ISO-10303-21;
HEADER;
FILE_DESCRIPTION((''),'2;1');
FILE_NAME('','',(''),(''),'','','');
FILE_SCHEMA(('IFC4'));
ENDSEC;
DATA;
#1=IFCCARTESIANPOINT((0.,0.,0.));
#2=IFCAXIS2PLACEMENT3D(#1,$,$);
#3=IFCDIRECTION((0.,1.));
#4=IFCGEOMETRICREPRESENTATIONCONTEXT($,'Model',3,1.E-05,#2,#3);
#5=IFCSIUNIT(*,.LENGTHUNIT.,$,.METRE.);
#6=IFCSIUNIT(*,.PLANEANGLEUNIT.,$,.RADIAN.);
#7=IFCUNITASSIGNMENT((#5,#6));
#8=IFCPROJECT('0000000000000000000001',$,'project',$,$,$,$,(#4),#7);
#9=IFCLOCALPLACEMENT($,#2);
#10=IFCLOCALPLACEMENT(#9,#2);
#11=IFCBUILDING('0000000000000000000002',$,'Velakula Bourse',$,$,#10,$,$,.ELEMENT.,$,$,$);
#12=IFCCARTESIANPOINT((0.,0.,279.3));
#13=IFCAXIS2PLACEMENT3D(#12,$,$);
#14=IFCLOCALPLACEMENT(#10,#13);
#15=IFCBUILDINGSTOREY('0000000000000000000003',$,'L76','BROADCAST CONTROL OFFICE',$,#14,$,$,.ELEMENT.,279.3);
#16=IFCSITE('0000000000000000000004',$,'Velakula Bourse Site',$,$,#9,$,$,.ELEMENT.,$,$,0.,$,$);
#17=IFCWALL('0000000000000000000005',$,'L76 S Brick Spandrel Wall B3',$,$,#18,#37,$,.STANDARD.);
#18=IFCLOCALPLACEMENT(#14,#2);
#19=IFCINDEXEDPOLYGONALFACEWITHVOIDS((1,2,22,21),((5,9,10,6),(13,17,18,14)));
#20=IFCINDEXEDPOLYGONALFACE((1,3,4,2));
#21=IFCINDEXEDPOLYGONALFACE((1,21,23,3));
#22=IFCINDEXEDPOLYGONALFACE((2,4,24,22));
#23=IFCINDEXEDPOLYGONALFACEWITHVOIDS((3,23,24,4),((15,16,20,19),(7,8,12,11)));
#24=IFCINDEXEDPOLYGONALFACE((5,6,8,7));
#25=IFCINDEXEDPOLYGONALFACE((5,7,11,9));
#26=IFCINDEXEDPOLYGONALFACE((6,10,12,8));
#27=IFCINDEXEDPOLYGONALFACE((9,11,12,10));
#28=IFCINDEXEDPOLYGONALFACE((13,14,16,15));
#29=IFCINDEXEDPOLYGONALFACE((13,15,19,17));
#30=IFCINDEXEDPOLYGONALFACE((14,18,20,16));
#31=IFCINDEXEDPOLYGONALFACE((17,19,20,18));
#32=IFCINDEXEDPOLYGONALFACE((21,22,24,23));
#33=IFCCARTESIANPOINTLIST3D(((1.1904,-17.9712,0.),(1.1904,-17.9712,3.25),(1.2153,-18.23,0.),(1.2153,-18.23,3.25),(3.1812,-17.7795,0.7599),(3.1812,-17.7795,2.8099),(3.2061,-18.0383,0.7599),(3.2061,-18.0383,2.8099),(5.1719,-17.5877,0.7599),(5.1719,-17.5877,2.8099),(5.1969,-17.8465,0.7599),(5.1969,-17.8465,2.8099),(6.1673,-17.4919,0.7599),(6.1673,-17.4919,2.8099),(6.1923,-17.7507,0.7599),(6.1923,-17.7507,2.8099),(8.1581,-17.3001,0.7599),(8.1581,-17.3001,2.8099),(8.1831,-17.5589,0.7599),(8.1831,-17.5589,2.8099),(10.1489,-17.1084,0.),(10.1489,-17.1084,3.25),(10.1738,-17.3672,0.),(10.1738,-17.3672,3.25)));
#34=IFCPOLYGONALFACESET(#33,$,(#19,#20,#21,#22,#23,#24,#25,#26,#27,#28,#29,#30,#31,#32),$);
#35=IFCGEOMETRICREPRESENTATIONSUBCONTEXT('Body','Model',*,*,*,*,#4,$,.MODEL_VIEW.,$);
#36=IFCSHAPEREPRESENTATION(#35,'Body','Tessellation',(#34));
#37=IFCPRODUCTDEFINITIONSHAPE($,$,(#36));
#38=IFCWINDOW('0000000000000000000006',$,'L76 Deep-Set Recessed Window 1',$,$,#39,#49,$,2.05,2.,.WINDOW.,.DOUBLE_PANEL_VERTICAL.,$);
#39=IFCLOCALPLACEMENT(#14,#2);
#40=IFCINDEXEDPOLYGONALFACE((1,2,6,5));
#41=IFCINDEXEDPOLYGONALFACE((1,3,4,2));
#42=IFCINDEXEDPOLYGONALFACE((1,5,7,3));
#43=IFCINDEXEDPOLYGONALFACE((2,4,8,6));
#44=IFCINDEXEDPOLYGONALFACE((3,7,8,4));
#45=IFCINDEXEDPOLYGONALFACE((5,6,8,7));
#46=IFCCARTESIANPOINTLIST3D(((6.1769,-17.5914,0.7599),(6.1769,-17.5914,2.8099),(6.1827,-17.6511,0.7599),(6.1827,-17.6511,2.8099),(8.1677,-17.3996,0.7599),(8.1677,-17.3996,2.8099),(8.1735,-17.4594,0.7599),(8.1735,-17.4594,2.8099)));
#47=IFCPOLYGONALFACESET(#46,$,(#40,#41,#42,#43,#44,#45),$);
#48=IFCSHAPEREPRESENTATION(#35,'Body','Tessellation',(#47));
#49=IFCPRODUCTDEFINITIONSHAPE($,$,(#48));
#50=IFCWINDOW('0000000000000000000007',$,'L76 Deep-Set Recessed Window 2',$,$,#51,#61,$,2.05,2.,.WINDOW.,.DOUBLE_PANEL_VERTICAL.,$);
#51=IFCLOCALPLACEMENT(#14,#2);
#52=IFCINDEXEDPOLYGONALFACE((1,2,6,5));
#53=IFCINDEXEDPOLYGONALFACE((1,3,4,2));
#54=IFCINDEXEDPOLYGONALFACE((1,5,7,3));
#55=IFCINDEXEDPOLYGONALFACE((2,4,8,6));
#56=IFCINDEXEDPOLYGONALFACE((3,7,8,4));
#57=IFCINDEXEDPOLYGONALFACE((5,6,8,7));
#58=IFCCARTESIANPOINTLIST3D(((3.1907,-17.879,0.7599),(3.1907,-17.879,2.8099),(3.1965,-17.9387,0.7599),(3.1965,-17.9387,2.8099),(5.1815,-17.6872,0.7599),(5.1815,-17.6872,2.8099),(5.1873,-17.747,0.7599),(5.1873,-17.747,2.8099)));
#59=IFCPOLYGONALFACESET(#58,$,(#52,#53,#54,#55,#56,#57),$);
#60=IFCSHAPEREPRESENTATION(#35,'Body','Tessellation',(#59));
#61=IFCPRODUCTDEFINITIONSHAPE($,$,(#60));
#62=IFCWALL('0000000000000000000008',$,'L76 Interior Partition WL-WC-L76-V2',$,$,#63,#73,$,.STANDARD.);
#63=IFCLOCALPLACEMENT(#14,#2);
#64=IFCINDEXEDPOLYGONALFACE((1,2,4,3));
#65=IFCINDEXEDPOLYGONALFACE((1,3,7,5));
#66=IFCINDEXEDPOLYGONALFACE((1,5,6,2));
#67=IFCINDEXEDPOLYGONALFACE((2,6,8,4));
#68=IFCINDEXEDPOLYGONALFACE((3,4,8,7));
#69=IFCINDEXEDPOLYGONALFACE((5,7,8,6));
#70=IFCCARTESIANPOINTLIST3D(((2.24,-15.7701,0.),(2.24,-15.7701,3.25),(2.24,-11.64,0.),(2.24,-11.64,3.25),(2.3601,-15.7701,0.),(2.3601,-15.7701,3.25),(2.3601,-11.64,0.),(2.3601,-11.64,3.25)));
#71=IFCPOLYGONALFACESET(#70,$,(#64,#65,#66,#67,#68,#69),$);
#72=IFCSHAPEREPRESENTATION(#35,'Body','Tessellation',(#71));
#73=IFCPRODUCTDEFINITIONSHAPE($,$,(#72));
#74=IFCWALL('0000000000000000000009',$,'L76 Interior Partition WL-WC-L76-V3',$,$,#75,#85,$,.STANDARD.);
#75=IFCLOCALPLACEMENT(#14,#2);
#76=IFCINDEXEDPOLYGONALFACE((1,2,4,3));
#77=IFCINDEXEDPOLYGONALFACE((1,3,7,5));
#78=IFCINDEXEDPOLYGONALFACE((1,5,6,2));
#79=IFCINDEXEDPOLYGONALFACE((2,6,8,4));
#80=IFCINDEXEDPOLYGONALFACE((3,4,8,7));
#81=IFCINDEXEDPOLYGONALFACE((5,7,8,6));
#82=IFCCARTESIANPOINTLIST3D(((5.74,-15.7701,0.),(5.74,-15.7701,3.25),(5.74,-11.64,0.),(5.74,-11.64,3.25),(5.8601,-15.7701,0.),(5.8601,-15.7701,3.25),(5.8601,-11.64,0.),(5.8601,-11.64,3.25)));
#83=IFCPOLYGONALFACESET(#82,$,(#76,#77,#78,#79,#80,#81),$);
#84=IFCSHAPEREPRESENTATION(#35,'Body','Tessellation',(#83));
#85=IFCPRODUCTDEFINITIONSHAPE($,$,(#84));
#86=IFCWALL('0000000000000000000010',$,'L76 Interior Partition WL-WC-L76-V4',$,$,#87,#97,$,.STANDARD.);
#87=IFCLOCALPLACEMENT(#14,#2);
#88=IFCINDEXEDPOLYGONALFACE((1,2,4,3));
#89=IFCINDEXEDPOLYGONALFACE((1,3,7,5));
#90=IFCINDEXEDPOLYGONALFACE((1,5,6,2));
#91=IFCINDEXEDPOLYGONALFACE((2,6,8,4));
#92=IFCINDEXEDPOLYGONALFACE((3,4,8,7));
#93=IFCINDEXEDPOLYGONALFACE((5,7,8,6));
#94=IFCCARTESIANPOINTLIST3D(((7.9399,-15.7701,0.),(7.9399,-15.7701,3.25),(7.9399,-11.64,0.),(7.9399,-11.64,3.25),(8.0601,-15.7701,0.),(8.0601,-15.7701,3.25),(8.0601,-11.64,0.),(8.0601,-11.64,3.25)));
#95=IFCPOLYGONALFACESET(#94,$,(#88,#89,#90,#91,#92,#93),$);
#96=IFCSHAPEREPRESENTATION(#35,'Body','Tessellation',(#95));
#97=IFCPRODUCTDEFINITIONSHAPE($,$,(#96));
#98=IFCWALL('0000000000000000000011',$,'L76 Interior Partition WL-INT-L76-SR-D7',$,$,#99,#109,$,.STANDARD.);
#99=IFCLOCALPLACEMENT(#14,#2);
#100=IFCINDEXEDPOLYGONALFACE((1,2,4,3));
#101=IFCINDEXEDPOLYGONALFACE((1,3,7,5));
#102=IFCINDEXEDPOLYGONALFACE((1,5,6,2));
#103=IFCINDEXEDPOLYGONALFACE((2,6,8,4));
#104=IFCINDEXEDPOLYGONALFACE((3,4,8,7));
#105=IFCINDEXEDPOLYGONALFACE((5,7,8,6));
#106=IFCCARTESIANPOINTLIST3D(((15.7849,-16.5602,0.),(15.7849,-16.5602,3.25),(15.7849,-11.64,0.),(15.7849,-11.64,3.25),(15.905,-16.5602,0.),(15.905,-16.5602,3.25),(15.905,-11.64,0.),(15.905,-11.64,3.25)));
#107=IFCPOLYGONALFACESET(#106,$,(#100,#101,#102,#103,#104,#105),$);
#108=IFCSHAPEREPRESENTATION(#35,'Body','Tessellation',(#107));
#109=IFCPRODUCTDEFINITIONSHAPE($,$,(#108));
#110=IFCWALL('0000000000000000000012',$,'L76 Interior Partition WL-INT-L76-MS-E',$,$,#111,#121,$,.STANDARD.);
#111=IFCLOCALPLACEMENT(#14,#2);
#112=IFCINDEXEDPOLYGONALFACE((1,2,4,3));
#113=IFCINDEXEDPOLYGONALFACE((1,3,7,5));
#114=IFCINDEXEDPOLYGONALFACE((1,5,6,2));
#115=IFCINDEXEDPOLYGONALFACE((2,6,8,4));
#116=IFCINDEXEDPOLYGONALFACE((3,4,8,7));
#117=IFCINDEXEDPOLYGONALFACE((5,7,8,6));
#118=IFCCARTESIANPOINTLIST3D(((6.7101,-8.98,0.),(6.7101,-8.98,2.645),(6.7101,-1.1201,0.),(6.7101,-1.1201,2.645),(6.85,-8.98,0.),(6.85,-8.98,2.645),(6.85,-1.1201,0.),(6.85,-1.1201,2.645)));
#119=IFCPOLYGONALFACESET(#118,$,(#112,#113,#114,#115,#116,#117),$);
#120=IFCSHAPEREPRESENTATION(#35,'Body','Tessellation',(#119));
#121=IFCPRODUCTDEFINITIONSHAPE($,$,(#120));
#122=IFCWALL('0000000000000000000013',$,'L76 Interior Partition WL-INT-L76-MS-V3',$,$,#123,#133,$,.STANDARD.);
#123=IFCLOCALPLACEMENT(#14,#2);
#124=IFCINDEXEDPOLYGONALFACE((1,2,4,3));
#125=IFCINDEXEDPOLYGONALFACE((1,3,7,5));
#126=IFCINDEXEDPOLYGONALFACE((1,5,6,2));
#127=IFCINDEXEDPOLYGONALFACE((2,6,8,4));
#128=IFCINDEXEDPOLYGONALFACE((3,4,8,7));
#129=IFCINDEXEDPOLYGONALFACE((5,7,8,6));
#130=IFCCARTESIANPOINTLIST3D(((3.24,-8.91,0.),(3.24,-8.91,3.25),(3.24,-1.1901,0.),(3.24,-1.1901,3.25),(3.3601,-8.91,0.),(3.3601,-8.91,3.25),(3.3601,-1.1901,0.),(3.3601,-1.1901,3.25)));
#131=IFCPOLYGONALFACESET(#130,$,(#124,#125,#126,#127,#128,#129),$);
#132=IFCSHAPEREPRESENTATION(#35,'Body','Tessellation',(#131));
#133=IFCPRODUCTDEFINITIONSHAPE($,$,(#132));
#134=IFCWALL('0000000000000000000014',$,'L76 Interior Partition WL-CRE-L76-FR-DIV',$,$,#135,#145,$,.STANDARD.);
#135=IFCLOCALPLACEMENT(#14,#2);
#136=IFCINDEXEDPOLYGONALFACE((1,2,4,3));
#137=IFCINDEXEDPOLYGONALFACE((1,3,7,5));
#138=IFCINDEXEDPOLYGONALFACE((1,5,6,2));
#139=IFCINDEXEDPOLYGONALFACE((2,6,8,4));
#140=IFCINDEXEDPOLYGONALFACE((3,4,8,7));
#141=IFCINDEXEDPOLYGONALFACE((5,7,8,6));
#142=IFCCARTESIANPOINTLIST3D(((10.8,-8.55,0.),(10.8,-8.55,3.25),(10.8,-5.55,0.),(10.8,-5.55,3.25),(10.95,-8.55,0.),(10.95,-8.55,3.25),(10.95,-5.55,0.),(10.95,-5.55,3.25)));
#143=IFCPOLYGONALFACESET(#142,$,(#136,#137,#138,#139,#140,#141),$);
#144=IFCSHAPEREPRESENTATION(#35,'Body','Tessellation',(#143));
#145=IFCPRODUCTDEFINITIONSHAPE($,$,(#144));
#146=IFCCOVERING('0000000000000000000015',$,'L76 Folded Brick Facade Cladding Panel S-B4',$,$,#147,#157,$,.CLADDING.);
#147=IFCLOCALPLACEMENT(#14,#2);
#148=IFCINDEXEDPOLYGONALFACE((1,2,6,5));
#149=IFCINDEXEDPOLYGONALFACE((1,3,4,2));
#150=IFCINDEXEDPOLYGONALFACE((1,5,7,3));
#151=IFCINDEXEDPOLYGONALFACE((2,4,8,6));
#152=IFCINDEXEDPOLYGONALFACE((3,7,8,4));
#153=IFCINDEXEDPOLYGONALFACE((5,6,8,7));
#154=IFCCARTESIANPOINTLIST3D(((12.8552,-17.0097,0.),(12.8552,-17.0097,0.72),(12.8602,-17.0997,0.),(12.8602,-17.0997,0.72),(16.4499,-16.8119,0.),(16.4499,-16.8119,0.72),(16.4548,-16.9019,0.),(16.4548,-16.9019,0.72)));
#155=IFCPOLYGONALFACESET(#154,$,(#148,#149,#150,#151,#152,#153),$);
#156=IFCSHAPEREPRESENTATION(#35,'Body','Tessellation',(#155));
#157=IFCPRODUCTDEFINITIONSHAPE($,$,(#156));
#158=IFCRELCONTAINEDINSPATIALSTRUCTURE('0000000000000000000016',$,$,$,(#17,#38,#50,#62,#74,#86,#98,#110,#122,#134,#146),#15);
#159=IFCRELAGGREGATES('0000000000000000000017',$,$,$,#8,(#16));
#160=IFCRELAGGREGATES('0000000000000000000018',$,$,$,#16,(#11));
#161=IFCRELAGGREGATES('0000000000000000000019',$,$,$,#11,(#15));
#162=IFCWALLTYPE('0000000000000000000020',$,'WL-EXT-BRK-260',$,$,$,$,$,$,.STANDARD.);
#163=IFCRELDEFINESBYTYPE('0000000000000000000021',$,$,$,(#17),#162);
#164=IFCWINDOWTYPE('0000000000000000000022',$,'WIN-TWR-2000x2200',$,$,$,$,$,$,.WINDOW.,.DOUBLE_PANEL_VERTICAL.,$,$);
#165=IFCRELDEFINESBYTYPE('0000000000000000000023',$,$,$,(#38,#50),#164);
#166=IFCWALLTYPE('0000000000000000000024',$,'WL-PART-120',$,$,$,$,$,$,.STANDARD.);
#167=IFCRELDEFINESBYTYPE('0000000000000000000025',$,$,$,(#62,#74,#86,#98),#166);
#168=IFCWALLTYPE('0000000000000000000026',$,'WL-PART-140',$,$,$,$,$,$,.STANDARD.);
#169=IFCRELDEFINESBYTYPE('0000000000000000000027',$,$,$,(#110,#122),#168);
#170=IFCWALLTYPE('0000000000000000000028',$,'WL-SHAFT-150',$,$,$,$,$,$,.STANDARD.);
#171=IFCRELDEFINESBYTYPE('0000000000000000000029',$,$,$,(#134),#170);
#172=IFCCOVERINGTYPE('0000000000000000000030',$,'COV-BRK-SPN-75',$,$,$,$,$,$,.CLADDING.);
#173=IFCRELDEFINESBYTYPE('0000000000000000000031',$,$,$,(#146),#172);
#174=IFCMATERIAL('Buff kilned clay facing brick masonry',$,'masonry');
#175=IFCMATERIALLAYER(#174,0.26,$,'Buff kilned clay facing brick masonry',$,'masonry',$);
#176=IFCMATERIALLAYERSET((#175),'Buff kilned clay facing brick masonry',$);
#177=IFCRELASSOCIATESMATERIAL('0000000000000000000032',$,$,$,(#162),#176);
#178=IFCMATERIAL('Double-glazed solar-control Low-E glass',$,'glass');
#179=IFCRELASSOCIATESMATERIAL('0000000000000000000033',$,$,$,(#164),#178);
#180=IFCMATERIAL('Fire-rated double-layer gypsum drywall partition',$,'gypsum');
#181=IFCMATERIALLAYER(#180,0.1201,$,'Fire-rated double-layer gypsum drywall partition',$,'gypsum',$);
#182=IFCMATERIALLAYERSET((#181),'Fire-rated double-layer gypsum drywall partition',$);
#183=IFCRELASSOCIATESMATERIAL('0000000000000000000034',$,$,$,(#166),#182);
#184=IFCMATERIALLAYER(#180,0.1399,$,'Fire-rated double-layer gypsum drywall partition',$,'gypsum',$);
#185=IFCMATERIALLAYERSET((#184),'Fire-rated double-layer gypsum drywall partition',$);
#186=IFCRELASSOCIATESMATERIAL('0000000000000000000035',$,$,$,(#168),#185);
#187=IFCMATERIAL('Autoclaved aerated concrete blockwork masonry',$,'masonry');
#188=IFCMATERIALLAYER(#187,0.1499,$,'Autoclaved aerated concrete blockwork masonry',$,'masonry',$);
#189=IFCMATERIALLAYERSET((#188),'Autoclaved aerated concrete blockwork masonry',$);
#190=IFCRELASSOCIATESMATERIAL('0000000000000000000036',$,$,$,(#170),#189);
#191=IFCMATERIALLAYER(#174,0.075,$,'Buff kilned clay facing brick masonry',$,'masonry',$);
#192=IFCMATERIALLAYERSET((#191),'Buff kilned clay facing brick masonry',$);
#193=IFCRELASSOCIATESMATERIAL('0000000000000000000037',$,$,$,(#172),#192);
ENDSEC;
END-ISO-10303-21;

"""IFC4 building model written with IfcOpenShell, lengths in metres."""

from ifc_helpers import new_model, si_unit, direction, frame, frame_2d, origin, origin_2d, place, context, subcontext, project, spatial, rectangle, extrude, material, layer, layer_set, type_object, element, fill, save


model = new_model("IFC4")

# Units and contexts
model_context = context("Model", 3, precision=1e-05, world=origin(), true_north=direction((0.0, 1.0)))
body_context = subcontext(model_context, "Body", "Model", "MODEL_VIEW")
ifc_project = project(units=[si_unit("LENGTHUNIT", "METRE"), si_unit("PLANEANGLEUNIT", "RADIAN")], contexts=[model_context])

# Site, building, storey
site_placement = place(None, origin())
site = spatial("IfcSite", under=ifc_project, at=site_placement, Name="Velakula Bourse Site", CompositionType="ELEMENT", RefElevation=0.0)
building_placement = place(site_placement, origin())
building = spatial("IfcBuilding", under=site, at=building_placement, Name="Velakula Bourse", CompositionType="ELEMENT")
storey_placement = place(building_placement, frame((0.0, 0.0, 279.3)))
storey = spatial("IfcBuildingStorey", under=building, at=storey_placement, Name="L76", Description="BROADCAST CONTROL OFFICE", CompositionType="ELEMENT", Elevation=279.3)

# Wall, openings, windows
ifc_material_1 = material(Name="Buff kilned clay facing brick masonry", Category="masonry")
ifc_layer_1 = layer(ifc_material_1, 0.26, Name="Buff kilned clay facing brick masonry", Category="masonry")
ifc_layer_set_1 = layer_set([ifc_layer_1], Name="Buff kilned clay facing brick masonry")
wall_type_1 = type_object("IfcWallType", Name="WL-EXT-BRK-260", PredefinedType="STANDARD", material=ifc_layer_set_1)
ifc_material_2 = material(Name="Double-glazed solar-control Low-E glass", Category="glass")
window_type = type_object("IfcWindowType", Name="WIN-TWR-2000x2200", PartitioningType="DOUBLE_PANEL_VERTICAL", PredefinedType="WINDOW", material=ifc_material_2)
wall_1_placement = place(storey_placement, frame((10.1614, -17.2378, 0.0), z_axis=(0.0, 0.0, 1.0), x_axis=(-0.995394, -0.095866, 0.0)))
wall_1 = element("IfcWall", 1, at=wall_1_placement, inside=storey, type_object=wall_type_1, Name="L76 S Brick Spandrel Wall B3", PredefinedType="STANDARD", context=body_context, shape_type="SweptSolid", body=[
    extrude(rectangle(XDim=9.0, YDim=0.26, at=frame_2d((4.5, 0.0))), origin(), (0.0, 0.0, 1.0), 3.25),
])
opening_1_placement = place(wall_1_placement, frame((2.0, 0.0, 0.76)))
opening_1 = element("IfcOpeningElement", 2, at=opening_1_placement, cuts=wall_1, PredefinedType="OPENING", context=body_context, shape_type="SweptSolid", body=[
    extrude(rectangle(XDim=2.0, YDim=2.05, at=frame_2d((1.0, 1.0249))), frame((0.0, 0.1399, 0.0), z_axis=(0.0, -1.0, 0.0), x_axis=(1.0, 0.0, 0.0)), (0.0, 0.0, 1.0), 0.28),
])
opening_2_placement = place(wall_1_placement, frame((5.0, 0.0, 0.76)))
opening_2 = element("IfcOpeningElement", 3, at=opening_2_placement, cuts=wall_1, PredefinedType="OPENING", context=body_context, shape_type="SweptSolid", body=[
    extrude(rectangle(XDim=2.0, YDim=2.05, at=frame_2d((1.0, 1.0249))), frame((0.0, 0.1399, 0.0), z_axis=(0.0, -1.0, 0.0), x_axis=(1.0, 0.0, 0.0)), (0.0, 0.0, 1.0), 0.28),
])
window_1_placement = place(opening_1_placement, origin())
window_1 = element("IfcWindow", 4, at=window_1_placement, inside=storey, type_object=window_type, Name="L76 Deep-Set Recessed Window 1", OverallHeight=2.05, OverallWidth=2.0, PartitioningType="DOUBLE_PANEL_VERTICAL", PredefinedType="WINDOW", context=body_context, shape_type="SweptSolid", body=[
    extrude(rectangle(XDim=2.0, YDim=2.05, at=frame_2d((1.0, 1.0249))), frame((0.0, 0.03, 0.0), z_axis=(0.0, -1.0, 0.0), x_axis=(1.0, 0.0, 0.0)), (0.0, 0.0, 1.0), 0.0601),
])
fill(opening_1, window_1)
window_2_placement = place(opening_2_placement, origin())
window_2 = element("IfcWindow", 5, at=window_2_placement, inside=storey, type_object=window_type, Name="L76 Deep-Set Recessed Window 2", OverallHeight=2.05, OverallWidth=2.0, PartitioningType="DOUBLE_PANEL_VERTICAL", PredefinedType="WINDOW", context=body_context, shape_type="SweptSolid", body=[
    extrude(rectangle(XDim=2.0, YDim=2.05, at=frame_2d((1.0, 1.0249))), frame((0.0, 0.03, 0.0), z_axis=(0.0, -1.0, 0.0), x_axis=(1.0, 0.0, 0.0)), (0.0, 0.0, 1.0), 0.0601),
])
fill(opening_2, window_2)

# Walls
ifc_material_3 = material(Name="Fire-rated double-layer gypsum drywall partition", Category="gypsum")
ifc_layer_2 = layer(ifc_material_3, 0.1201, Name="Fire-rated double-layer gypsum drywall partition", Category="gypsum")
ifc_layer_set_2 = layer_set([ifc_layer_2], Name="Fire-rated double-layer gypsum drywall partition")
wall_type_2 = type_object("IfcWallType", Name="WL-PART-120", PredefinedType="STANDARD", material=ifc_layer_set_2)
for number, where, z_axis, x_axis, name in (
    (6, (2.3, -15.77, 0.0), (0.0, 0.0, 1.0), (0.0, 1.0, 0.0), "L76 Interior Partition WL-WC-L76-V2"),
    (7, (5.8, -15.77, 0.0), (0.0, 0.0, 1.0), (0.0, 1.0, 0.0), "L76 Interior Partition WL-WC-L76-V3"),
    (8, (8.0, -15.77, 0.0), (0.0, 0.0, 1.0), (0.0, 1.0, 0.0), "L76 Interior Partition WL-WC-L76-V4"),
):
    element("IfcWall", number, at=place(storey_placement, frame(where, z_axis=z_axis, x_axis=x_axis)), inside=storey, type_object=wall_type_2, Name=name, PredefinedType="STANDARD", context=body_context, shape_type="SweptSolid", body=[
        extrude(rectangle(XDim=4.1301, YDim=0.1201, at=frame_2d((2.0649, 0.0))), origin(), (0.0, 0.0, 1.0), 3.25),
    ])
wall_2_placement = place(storey_placement, frame((15.845, -16.5601, 0.0), z_axis=(0.0, 0.0, 1.0), x_axis=(0.0, 1.0, 0.0)))
element("IfcWall", 9, at=wall_2_placement, inside=storey, type_object=wall_type_2, Name="L76 Interior Partition WL-INT-L76-SR-D7", PredefinedType="STANDARD", context=body_context, shape_type="SweptSolid", body=[
    extrude(rectangle(XDim=4.9202, YDim=0.1201, at=frame_2d((2.46, 0.0))), origin(), (0.0, 0.0, 1.0), 3.25),
])
ifc_layer_3 = layer(ifc_material_3, 0.1399, Name="Fire-rated double-layer gypsum drywall partition", Category="gypsum")
ifc_layer_set_3 = layer_set([ifc_layer_3], Name="Fire-rated double-layer gypsum drywall partition")
wall_type_3 = type_object("IfcWallType", Name="WL-PART-140", PredefinedType="STANDARD", material=ifc_layer_set_3)
wall_3_placement = place(storey_placement, frame((6.78, -8.98, 0.0), z_axis=(0.0, 0.0, 1.0), x_axis=(0.0, 1.0, 0.0)))
element("IfcWall", 10, at=wall_3_placement, inside=storey, type_object=wall_type_3, Name="L76 Interior Partition WL-INT-L76-MS-E", PredefinedType="STANDARD", context=body_context, shape_type="SweptSolid", body=[
    extrude(rectangle(XDim=7.8599, YDim=0.1399, at=frame_2d((3.9299, 0.0))), origin(), (0.0, 0.0, 1.0), 2.645),
])
wall_4_placement = place(storey_placement, frame((3.3, -8.9099, 0.0), z_axis=(0.0, 0.0, 1.0), x_axis=(0.0, 1.0, 0.0)))
element("IfcWall", 11, at=wall_4_placement, inside=storey, type_object=wall_type_3, Name="L76 Interior Partition WL-INT-L76-MS-V3", PredefinedType="STANDARD", context=body_context, shape_type="SweptSolid", body=[
    extrude(rectangle(XDim=7.72, YDim=0.1201, at=frame_2d((3.8599, 0.0))), origin(), (0.0, 0.0, 1.0), 3.25),
])

# Shared definitions
ifc_material_4 = material(Name="Autoclaved aerated concrete blockwork masonry", Category="masonry")
ifc_layer_4 = layer(ifc_material_4, 0.1499, Name="Autoclaved aerated concrete blockwork masonry", Category="masonry")
ifc_layer_set_4 = layer_set([ifc_layer_4], Name="Autoclaved aerated concrete blockwork masonry")
wall_type_4 = type_object("IfcWallType", Name="WL-SHAFT-150", PredefinedType="STANDARD", material=ifc_layer_set_4)

# Wall
wall_5_placement = place(storey_placement, frame((10.875, -8.55, 0.0), z_axis=(0.0, 0.0, 1.0), x_axis=(0.0, 1.0, 0.0)))
element("IfcWall", 12, at=wall_5_placement, inside=storey, type_object=wall_type_4, Name="L76 Interior Partition WL-CRE-L76-FR-DIV", PredefinedType="STANDARD", context=body_context, shape_type="SweptSolid", body=[
    extrude(rectangle(XDim=3.0, YDim=0.1499, at=frame_2d((1.5, 0.0))), origin(), (0.0, 0.0, 1.0), 3.25),
])

# Covering
ifc_layer_5 = layer(ifc_material_1, 0.075, Name="Buff kilned clay facing brick masonry", Category="masonry")
ifc_layer_set_5 = layer_set([ifc_layer_5], Name="Buff kilned clay facing brick masonry")
covering_type = type_object("IfcCoveringType", Name="COV-BRK-SPN-75", PredefinedType="CLADDING", material=ifc_layer_set_5)
covering_placement = place(storey_placement, frame((14.655, -16.9558, 0.0), z_axis=(0.0, 0.0, 1.0), x_axis=(0.998489, 0.05495, 0.0)))
element("IfcCovering", 13, at=covering_placement, inside=storey, type_object=covering_type, Name="L76 Folded Brick Facade Cladding Panel S-B4", PredefinedType="CLADDING", context=body_context, shape_type="SweptSolid", body=[
    extrude(rectangle(XDim=3.6001, YDim=0.0901, at=origin_2d()), origin(), (0.0, 0.0, 1.0), 0.72),
])

save(model, "model.ifc")
